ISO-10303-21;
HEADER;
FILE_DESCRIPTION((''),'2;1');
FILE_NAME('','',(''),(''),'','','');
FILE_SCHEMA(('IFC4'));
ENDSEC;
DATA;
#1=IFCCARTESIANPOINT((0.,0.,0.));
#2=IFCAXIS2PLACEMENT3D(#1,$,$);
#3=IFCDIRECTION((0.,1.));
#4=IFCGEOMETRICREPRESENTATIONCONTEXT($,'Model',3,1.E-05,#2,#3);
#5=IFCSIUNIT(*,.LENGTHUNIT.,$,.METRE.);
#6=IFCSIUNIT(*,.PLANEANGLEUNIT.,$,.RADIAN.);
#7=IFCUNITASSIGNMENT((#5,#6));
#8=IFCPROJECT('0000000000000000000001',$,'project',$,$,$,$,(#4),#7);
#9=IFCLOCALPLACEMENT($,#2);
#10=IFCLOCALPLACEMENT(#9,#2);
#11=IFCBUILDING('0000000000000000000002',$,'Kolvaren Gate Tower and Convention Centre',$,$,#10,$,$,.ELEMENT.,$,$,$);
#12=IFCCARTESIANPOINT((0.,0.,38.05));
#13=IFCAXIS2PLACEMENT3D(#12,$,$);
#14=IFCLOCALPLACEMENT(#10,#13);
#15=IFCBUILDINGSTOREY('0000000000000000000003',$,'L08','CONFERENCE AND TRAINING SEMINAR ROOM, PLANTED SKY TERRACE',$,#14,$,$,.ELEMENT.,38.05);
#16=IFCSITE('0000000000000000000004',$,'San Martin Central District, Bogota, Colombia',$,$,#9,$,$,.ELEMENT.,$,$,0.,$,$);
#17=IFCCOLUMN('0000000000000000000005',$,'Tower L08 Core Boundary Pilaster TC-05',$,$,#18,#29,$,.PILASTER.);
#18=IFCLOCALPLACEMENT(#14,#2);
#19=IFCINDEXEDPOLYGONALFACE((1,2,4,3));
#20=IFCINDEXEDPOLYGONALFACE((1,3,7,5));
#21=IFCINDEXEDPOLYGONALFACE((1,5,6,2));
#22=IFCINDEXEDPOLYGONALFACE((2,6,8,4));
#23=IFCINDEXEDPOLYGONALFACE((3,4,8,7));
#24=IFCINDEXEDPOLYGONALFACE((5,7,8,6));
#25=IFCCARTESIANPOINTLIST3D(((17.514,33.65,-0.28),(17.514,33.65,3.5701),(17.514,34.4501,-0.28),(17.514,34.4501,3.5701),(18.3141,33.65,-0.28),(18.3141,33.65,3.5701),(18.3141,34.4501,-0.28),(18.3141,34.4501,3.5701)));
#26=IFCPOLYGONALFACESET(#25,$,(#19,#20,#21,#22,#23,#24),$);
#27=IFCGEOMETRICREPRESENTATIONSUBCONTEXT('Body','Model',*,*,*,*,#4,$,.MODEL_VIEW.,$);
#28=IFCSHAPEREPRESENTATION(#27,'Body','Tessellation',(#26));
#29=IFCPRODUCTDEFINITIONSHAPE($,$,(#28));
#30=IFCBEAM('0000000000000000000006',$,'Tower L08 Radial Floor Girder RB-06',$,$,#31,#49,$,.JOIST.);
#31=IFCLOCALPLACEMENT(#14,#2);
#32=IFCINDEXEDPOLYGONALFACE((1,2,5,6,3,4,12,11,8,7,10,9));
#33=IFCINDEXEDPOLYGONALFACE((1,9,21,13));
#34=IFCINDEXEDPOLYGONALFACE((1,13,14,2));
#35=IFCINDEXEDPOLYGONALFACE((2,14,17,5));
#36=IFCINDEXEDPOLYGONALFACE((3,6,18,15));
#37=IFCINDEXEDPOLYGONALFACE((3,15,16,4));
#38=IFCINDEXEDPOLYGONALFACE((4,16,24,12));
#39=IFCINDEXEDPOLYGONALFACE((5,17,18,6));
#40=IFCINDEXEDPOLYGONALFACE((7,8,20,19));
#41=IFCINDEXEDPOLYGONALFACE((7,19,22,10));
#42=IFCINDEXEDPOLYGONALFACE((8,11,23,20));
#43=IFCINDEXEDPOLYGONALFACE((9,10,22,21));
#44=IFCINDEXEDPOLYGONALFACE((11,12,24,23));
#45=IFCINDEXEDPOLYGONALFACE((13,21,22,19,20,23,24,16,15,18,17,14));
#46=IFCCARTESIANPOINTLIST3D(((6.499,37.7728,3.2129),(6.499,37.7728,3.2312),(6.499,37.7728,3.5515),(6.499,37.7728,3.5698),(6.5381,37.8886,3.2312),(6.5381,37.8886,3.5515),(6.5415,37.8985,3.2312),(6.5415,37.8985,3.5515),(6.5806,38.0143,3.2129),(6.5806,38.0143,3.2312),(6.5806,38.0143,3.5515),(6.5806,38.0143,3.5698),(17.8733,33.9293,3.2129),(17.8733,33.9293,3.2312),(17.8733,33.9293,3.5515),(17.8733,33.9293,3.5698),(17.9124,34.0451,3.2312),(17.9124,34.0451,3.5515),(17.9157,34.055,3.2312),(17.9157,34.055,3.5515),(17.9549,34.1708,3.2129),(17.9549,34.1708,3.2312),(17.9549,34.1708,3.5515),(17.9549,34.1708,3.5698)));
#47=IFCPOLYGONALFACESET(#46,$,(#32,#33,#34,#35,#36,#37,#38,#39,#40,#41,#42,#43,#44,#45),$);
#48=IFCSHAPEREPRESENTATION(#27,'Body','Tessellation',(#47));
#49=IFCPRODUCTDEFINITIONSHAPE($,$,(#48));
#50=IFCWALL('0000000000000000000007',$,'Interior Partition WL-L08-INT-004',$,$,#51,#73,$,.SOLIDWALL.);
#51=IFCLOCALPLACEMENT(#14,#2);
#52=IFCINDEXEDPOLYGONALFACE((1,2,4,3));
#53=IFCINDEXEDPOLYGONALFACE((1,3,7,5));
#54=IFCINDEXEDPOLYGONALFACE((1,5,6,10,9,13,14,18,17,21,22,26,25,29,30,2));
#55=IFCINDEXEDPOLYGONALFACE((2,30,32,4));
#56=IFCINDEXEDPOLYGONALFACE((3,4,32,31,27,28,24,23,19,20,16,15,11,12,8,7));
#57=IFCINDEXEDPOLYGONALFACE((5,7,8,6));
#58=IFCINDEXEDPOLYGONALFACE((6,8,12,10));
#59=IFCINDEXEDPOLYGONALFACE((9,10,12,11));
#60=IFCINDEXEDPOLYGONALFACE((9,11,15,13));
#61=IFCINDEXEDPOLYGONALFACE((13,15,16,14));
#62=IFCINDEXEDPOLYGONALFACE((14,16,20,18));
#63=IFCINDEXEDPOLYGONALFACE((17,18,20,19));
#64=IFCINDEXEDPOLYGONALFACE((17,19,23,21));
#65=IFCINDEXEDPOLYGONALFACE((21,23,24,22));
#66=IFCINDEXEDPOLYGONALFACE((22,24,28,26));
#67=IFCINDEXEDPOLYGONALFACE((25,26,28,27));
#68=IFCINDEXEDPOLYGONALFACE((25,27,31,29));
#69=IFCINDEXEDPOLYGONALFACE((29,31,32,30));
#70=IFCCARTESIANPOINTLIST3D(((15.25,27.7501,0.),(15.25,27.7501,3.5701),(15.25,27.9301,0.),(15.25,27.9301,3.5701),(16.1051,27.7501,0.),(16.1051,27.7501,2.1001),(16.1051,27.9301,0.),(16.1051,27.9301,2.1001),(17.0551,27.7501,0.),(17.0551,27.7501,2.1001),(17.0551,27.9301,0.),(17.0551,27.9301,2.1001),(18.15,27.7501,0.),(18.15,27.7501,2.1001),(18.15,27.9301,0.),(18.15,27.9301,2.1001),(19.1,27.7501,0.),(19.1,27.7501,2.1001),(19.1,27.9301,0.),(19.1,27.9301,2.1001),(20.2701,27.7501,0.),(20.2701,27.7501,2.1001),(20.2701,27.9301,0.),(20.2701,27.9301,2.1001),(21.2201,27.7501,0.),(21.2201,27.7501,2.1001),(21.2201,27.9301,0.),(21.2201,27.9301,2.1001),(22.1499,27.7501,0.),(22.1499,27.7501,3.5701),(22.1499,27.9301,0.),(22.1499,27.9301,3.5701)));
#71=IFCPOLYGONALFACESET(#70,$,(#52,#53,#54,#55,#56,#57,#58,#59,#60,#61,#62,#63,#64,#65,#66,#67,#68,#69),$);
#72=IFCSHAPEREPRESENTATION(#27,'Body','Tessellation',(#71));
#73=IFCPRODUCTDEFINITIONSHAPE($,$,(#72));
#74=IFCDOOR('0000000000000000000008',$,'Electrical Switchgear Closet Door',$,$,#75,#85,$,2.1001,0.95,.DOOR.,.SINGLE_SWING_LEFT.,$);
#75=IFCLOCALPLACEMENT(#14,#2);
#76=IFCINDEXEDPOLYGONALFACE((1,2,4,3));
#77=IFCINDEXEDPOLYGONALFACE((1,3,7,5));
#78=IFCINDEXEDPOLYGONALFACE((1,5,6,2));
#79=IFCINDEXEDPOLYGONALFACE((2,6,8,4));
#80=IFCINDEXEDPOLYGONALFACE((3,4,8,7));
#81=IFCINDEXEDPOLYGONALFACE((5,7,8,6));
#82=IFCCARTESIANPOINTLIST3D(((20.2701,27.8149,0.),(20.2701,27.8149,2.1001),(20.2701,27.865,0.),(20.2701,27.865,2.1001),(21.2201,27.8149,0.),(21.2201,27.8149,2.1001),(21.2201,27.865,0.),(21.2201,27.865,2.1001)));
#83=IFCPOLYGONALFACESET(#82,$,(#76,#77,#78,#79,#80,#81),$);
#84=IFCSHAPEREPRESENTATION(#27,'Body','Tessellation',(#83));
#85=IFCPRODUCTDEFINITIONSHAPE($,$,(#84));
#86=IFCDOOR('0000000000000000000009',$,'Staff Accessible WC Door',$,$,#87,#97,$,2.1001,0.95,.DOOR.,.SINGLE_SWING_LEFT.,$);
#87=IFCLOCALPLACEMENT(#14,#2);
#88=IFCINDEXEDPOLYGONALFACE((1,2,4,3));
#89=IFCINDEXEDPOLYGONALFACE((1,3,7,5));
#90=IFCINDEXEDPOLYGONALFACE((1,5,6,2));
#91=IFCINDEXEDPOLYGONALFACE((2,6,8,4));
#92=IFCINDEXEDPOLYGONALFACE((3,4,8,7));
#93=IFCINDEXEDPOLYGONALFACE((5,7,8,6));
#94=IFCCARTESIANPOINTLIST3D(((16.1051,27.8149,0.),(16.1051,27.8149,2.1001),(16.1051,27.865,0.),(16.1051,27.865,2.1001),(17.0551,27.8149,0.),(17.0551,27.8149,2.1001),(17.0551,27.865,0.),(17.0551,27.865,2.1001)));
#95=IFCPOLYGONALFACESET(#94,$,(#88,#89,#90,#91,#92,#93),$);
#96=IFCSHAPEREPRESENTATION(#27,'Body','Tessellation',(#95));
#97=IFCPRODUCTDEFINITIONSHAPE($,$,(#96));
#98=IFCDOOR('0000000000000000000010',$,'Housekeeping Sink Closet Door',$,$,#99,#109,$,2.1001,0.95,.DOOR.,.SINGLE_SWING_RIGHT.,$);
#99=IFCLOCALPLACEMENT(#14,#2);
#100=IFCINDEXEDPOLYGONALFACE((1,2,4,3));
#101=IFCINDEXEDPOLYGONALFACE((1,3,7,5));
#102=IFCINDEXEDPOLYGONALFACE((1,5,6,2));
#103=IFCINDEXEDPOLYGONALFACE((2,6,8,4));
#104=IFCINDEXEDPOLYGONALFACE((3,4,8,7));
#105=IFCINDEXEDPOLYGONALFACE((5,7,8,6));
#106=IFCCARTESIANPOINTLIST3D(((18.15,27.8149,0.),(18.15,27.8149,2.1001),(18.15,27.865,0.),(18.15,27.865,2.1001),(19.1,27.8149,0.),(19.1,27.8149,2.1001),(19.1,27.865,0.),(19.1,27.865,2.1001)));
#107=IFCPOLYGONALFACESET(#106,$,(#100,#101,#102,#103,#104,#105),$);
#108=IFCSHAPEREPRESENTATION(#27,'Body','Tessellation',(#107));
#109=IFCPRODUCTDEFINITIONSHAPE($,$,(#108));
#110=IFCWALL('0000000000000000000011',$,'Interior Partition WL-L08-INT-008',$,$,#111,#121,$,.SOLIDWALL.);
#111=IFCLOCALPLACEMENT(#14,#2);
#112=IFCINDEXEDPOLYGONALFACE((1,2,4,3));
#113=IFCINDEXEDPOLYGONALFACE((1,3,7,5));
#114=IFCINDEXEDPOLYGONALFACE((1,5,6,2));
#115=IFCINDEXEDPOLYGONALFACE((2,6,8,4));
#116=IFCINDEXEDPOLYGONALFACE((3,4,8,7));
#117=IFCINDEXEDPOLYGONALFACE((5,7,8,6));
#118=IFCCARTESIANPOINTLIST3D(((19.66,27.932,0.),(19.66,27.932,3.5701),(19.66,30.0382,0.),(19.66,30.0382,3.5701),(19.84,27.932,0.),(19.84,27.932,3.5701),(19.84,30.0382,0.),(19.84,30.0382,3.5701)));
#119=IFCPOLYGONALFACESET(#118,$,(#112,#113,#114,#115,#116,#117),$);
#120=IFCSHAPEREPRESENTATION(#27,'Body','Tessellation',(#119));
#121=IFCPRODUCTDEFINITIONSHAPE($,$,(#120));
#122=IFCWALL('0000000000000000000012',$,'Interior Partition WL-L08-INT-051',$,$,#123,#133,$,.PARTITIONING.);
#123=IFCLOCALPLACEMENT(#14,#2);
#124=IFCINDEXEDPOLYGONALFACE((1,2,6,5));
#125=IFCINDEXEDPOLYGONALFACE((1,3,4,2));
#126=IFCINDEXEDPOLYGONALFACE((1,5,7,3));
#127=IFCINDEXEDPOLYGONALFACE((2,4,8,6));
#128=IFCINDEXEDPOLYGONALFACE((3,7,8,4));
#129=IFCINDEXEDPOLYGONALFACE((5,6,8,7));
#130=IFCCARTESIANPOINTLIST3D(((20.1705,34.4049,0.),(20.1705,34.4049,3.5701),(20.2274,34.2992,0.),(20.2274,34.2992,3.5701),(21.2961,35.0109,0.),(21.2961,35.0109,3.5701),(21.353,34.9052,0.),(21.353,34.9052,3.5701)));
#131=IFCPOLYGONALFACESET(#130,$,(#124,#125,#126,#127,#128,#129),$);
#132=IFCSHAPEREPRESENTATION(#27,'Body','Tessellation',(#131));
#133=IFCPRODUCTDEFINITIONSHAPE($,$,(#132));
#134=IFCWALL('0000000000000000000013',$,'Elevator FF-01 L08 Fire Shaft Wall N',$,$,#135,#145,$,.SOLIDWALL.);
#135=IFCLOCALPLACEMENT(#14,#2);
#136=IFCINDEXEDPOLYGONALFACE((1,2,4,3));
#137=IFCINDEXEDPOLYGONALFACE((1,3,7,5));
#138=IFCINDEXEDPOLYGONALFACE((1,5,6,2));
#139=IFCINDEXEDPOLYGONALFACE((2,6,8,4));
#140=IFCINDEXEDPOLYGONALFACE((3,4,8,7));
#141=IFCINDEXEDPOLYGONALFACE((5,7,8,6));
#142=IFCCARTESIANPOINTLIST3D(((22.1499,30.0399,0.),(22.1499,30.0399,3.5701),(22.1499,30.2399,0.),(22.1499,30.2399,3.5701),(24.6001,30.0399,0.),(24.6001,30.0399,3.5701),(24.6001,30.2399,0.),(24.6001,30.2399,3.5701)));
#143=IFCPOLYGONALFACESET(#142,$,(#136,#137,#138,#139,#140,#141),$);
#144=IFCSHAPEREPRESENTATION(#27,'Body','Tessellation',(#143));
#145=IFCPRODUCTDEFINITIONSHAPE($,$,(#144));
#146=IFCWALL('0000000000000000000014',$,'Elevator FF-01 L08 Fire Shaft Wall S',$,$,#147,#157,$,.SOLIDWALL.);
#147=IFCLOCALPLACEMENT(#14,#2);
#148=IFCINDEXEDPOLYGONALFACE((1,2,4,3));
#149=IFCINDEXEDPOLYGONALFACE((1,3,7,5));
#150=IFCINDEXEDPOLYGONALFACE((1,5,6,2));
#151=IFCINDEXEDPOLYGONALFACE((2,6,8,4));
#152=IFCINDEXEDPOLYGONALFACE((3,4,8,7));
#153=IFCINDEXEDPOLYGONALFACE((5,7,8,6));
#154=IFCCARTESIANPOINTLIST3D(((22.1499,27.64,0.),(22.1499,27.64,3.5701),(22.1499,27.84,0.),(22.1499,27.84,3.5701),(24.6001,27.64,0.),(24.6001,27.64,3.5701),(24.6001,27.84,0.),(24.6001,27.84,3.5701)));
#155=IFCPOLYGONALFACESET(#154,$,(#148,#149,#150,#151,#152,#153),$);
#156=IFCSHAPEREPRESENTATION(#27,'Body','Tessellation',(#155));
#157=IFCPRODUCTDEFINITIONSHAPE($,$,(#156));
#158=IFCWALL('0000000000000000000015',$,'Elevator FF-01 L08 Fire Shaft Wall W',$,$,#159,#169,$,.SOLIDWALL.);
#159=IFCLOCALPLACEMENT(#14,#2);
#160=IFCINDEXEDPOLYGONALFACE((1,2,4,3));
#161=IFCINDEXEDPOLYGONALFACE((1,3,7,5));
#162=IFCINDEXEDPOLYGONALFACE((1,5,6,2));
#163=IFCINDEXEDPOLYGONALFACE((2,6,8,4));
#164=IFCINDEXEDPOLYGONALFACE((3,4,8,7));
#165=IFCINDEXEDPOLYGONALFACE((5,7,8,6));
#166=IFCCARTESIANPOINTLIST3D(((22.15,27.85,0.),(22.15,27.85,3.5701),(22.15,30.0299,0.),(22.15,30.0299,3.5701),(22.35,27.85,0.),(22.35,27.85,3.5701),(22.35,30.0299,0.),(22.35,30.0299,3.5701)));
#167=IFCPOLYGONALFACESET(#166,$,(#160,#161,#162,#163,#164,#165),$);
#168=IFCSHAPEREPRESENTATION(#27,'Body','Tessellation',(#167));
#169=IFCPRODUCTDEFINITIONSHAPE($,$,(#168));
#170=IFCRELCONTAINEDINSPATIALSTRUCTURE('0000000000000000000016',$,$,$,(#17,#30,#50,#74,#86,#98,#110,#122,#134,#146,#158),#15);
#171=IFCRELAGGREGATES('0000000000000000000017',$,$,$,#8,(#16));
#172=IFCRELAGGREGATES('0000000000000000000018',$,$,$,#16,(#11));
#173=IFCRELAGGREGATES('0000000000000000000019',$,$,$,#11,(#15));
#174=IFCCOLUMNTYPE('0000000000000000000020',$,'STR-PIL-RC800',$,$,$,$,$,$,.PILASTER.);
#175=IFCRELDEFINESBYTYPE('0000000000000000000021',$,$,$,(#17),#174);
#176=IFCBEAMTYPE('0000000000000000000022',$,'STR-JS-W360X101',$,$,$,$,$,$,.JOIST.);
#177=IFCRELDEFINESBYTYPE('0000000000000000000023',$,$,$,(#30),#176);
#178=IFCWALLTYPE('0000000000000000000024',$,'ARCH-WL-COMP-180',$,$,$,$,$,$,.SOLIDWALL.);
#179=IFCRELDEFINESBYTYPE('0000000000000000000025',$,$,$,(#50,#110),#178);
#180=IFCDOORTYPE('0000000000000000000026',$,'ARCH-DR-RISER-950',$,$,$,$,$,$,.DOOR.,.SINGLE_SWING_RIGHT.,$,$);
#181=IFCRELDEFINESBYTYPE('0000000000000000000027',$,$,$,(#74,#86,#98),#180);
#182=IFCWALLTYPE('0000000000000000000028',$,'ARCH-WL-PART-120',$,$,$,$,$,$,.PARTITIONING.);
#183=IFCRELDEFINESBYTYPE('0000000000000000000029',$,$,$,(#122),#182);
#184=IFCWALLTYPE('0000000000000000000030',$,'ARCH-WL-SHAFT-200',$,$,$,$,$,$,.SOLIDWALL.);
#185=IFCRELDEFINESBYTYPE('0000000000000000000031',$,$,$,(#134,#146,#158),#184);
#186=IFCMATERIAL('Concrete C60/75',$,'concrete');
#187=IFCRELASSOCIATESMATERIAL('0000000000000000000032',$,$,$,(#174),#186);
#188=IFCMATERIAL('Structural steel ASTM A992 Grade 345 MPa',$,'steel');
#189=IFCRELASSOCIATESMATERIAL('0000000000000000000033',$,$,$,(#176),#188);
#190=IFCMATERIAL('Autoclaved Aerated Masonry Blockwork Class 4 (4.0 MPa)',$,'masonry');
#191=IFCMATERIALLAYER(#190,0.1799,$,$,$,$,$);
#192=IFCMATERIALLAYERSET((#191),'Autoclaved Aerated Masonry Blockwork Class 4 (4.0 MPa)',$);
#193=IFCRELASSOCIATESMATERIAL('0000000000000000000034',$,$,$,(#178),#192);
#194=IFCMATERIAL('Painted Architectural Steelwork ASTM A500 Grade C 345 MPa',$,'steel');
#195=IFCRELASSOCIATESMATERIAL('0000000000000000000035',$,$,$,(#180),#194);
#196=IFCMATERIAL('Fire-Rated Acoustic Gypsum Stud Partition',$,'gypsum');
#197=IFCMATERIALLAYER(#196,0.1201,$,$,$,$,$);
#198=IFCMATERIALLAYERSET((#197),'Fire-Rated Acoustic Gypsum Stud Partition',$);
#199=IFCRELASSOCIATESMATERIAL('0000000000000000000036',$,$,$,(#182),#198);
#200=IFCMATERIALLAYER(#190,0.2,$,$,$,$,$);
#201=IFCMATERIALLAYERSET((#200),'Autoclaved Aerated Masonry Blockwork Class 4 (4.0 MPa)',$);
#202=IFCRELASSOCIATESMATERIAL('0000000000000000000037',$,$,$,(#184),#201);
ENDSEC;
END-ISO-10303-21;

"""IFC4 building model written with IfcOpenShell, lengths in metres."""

from ifc_helpers import new_model, si_unit, direction, frame, frame_2d, origin, origin_2d, place, context, subcontext, project, spatial, rectangle, i_section, extrude, material, layer, layer_set, material_profile, profile_set, type_object, element, fill, save


model = new_model("IFC4")

# Units and contexts
model_context = context("Model", 3, precision=1e-05, world=origin(), true_north=direction((0.0, 1.0)))
body_context = subcontext(model_context, "Body", "Model", "MODEL_VIEW")
ifc_project = project(units=[si_unit("LENGTHUNIT", "METRE"), si_unit("PLANEANGLEUNIT", "RADIAN")], contexts=[model_context])

# Site, building, storey
site_placement = place(None, origin())
site = spatial("IfcSite", under=ifc_project, at=site_placement, Name="San Martin Central District, Bogota, Colombia", CompositionType="ELEMENT", RefElevation=0.0)
building_placement = place(site_placement, origin())
building = spatial("IfcBuilding", under=site, at=building_placement, Name="Kolvaren Gate Tower and Convention Centre", CompositionType="ELEMENT")
storey_placement = place(building_placement, frame((0.0, 0.0, 38.05)))
storey = spatial("IfcBuildingStorey", under=building, at=storey_placement, Name="L08", Description="CONFERENCE AND TRAINING SEMINAR ROOM, PLANTED SKY TERRACE", CompositionType="ELEMENT", Elevation=38.05)

# Column
ifc_material_1 = material(Name="Concrete C60/75", Category="concrete")
ifc_material_profile_1 = material_profile(ifc_material_1, rectangle(XDim=0.8, YDim=0.8, at=origin_2d()), Name="RC-COL-800X800")
ifc_profile_set_1 = profile_set([ifc_material_profile_1], Name="Concrete C60/75")
column_type = type_object("IfcColumnType", Name="STR-PIL-RC800", PredefinedType="PILASTER", material=ifc_profile_set_1)
column_placement = place(storey_placement, frame((17.9141, 34.05, -0.28), z_axis=(0.0, 0.0, 1.0), x_axis=(1.0, 0.0, 0.0)))
element("IfcColumn", 1, at=column_placement, inside=storey, type_object=column_type, Name="Tower L08 Core Boundary Pilaster TC-05", PredefinedType="PILASTER", context=body_context, shape_type="SweptSolid", body=[
    extrude(rectangle(XDim=0.8, YDim=0.8, at=origin_2d()), origin(), (0.0, 0.0, 1.0), 3.8501),
])

# Beam
ifc_material_2 = material(Name="Structural steel ASTM A992 Grade 345 MPa", Category="steel")
ifc_material_profile_2 = material_profile(ifc_material_2, i_section(OverallWidth=0.2549, OverallDepth=0.3569, WebThickness=0.0105, FlangeThickness=0.0183, at=origin_2d()), Name="W360X101")
ifc_profile_set_2 = profile_set([ifc_material_profile_2], Name="Structural steel ASTM A992 Grade 345 MPa")
beam_type = type_object("IfcBeamType", Name="STR-JS-W360X101", PredefinedType="JOIST", material=ifc_profile_set_2)
beam_placement = place(storey_placement, frame((17.9141, 34.05, 3.3914), z_axis=(-0.947374, 0.320129, 0.0), x_axis=(-0.320129, -0.947374, 0.0)))
element("IfcBeam", 2, at=beam_placement, inside=storey, type_object=beam_type, Name="Tower L08 Radial Floor Girder RB-06", PredefinedType="JOIST", context=body_context, shape_type="SweptSolid", body=[
    extrude(i_section(OverallWidth=0.2549, OverallDepth=0.3569, WebThickness=0.0105, FlangeThickness=0.0183, at=origin_2d()), origin(), (0.0, 0.0, 1.0), 12.0061),
])

# Wall, openings, doors
ifc_material_3 = material(Name="Autoclaved Aerated Masonry Blockwork Class 4 (4.0 MPa)", Category="masonry")
ifc_layer_1 = layer(ifc_material_3, 0.1799)
ifc_layer_set_1 = layer_set([ifc_layer_1], Name="Autoclaved Aerated Masonry Blockwork Class 4 (4.0 MPa)")
wall_type_1 = type_object("IfcWallType", Name="ARCH-WL-COMP-180", PredefinedType="SOLIDWALL", material=ifc_layer_set_1)
wall_1_placement = place(storey_placement, frame((15.25, 27.8401, 0.0), z_axis=(0.0, 0.0, 1.0), x_axis=(1.0, 0.0, 0.0)))
wall_1 = element("IfcWall", 3, at=wall_1_placement, inside=storey, type_object=wall_type_1, Name="Interior Partition WL-L08-INT-004", PredefinedType="SOLIDWALL", context=body_context, shape_type="SweptSolid", body=[
    extrude(rectangle(XDim=6.8999, YDim=0.1799, at=frame_2d((3.45, 0.0))), origin(), (0.0, 0.0, 1.0), 3.5701),
])
opening_1_placement = place(wall_1_placement, frame((5.02, 0.0, 0.0)))
opening_1 = element("IfcOpeningElement", 4, at=opening_1_placement, cuts=wall_1, PredefinedType="OPENING", context=body_context, shape_type="SweptSolid", body=[
    extrude(rectangle(XDim=0.95, YDim=2.1001, at=frame_2d((0.4751, 1.05))), frame((0.0, 0.0999, 0.0), z_axis=(0.0, -1.0, 0.0), x_axis=(1.0, 0.0, 0.0)), (0.0, 0.0, 1.0), 0.2),
])
opening_2_placement = place(wall_1_placement, frame((0.855, 0.0, 0.0)))
opening_2 = element("IfcOpeningElement", 5, at=opening_2_placement, cuts=wall_1, PredefinedType="OPENING", context=body_context, shape_type="SweptSolid", body=[
    extrude(rectangle(XDim=0.95, YDim=2.1001, at=frame_2d((0.4751, 1.05))), frame((0.0, 0.0999, 0.0), z_axis=(0.0, -1.0, 0.0), x_axis=(1.0, 0.0, 0.0)), (0.0, 0.0, 1.0), 0.2),
])
opening_3_placement = place(wall_1_placement, frame((2.8999, 0.0, 0.0)))
opening_3 = element("IfcOpeningElement", 6, at=opening_3_placement, cuts=wall_1, PredefinedType="OPENING", context=body_context, shape_type="SweptSolid", body=[
    extrude(rectangle(XDim=0.95, YDim=2.1001, at=frame_2d((0.4751, 1.05))), frame((0.0, 0.0999, 0.0), z_axis=(0.0, -1.0, 0.0), x_axis=(1.0, 0.0, 0.0)), (0.0, 0.0, 1.0), 0.2),
])
ifc_material_4 = material(Name="Painted Architectural Steelwork ASTM A500 Grade C 345 MPa", Category="steel")
door_type = type_object("IfcDoorType", Name="ARCH-DR-RISER-950", OperationType="SINGLE_SWING_RIGHT", PredefinedType="DOOR", material=ifc_material_4)
door_1_placement = place(opening_1_placement, origin())
door_1 = element("IfcDoor", 7, at=door_1_placement, inside=storey, type_object=door_type, Name="Electrical Switchgear Closet Door", OperationType="SINGLE_SWING_LEFT", OverallHeight=2.1001, OverallWidth=0.95, PredefinedType="DOOR", context=body_context, shape_type="SweptSolid", body=[
    extrude(rectangle(XDim=0.95, YDim=2.1001, at=frame_2d((0.4751, 1.05))), frame((0.0, 0.0249, 0.0), z_axis=(0.0, -1.0, 0.0), x_axis=(1.0, 0.0, 0.0)), (0.0, 0.0, 1.0), 0.05),
])
fill(opening_1, door_1)
door_2_placement = place(opening_2_placement, origin())
door_2 = element("IfcDoor", 8, at=door_2_placement, inside=storey, type_object=door_type, Name="Staff Accessible WC Door", OperationType="SINGLE_SWING_LEFT", OverallHeight=2.1001, OverallWidth=0.95, PredefinedType="DOOR", context=body_context, shape_type="SweptSolid", body=[
    extrude(rectangle(XDim=0.95, YDim=2.1001, at=frame_2d((0.4751, 1.05))), frame((0.0, 0.0249, 0.0), z_axis=(0.0, -1.0, 0.0), x_axis=(1.0, 0.0, 0.0)), (0.0, 0.0, 1.0), 0.05),
])
fill(opening_2, door_2)
door_3_placement = place(opening_3_placement, origin())
door_3 = element("IfcDoor", 9, at=door_3_placement, inside=storey, type_object=door_type, Name="Housekeeping Sink Closet Door", OperationType="SINGLE_SWING_RIGHT", OverallHeight=2.1001, OverallWidth=0.95, PredefinedType="DOOR", context=body_context, shape_type="SweptSolid", body=[
    extrude(rectangle(XDim=0.95, YDim=2.1001, at=frame_2d((0.4751, 1.05))), frame((0.0, 0.0249, 0.0), z_axis=(0.0, -1.0, 0.0), x_axis=(1.0, 0.0, 0.0)), (0.0, 0.0, 1.0), 0.05),
])
fill(opening_3, door_3)

# Walls
wall_2_placement = place(storey_placement, frame((19.75, 27.9319, 0.0), z_axis=(0.0, 0.0, 1.0), x_axis=(0.0, 1.0, 0.0)))
element("IfcWall", 10, at=wall_2_placement, inside=storey, type_object=wall_type_1, Name="Interior Partition WL-L08-INT-008", PredefinedType="SOLIDWALL", context=body_context, shape_type="SweptSolid", body=[
    extrude(rectangle(XDim=2.1062, YDim=0.1799, at=frame_2d((1.0532, 0.0))), origin(), (0.0, 0.0, 1.0), 3.5701),
])
ifc_material_5 = material(Name="Fire-Rated Acoustic Gypsum Stud Partition", Category="gypsum")
ifc_layer_2 = layer(ifc_material_5, 0.1201)
ifc_layer_set_2 = layer_set([ifc_layer_2], Name="Fire-Rated Acoustic Gypsum Stud Partition")
wall_type_2 = type_object("IfcWallType", Name="ARCH-WL-PART-120", PredefinedType="PARTITIONING", material=ifc_layer_set_2)
wall_3_placement = place(storey_placement, frame((20.199, 34.3521, 0.0), z_axis=(0.0, 0.0, 1.0), x_axis=(0.880496, 0.474054, 0.0)))
element("IfcWall", 11, at=wall_3_placement, inside=storey, type_object=wall_type_2, Name="Interior Partition WL-L08-INT-051", PredefinedType="PARTITIONING", context=body_context, shape_type="SweptSolid", body=[
    extrude(rectangle(XDim=1.2783, YDim=0.1201, at=frame_2d((0.6392, 0.0))), origin(), (0.0, 0.0, 1.0), 3.5701),
])
ifc_layer_3 = layer(ifc_material_3, 0.2)
ifc_layer_set_3 = layer_set([ifc_layer_3], Name="Autoclaved Aerated Masonry Blockwork Class 4 (4.0 MPa)")
wall_type_3 = type_object("IfcWallType", Name="ARCH-WL-SHAFT-200", PredefinedType="SOLIDWALL", material=ifc_layer_set_3)
for number, where, z_axis, x_axis, name in (
    (12, (22.1499, 30.1399, 0.0), (0.0, 0.0, 1.0), (1.0, 0.0, 0.0), "Elevator FF-01 L08 Fire Shaft Wall N"),
    (13, (22.1499, 27.74, 0.0), (0.0, 0.0, 1.0), (1.0, 0.0, 0.0), "Elevator FF-01 L08 Fire Shaft Wall S"),
):
    element("IfcWall", number, at=place(storey_placement, frame(where, z_axis=z_axis, x_axis=x_axis)), inside=storey, type_object=wall_type_3, Name=name, PredefinedType="SOLIDWALL", context=body_context, shape_type="SweptSolid", body=[
        extrude(rectangle(XDim=2.4502, YDim=0.2, at=frame_2d((1.2251, 0.0))), origin(), (0.0, 0.0, 1.0), 3.5701),
    ])
wall_4_placement = place(storey_placement, frame((22.25, 27.8501, 0.0), z_axis=(0.0, 0.0, 1.0), x_axis=(0.0, 1.0, 0.0)))
element("IfcWall", 14, at=wall_4_placement, inside=storey, type_object=wall_type_3, Name="Elevator FF-01 L08 Fire Shaft Wall W", PredefinedType="SOLIDWALL", context=body_context, shape_type="SweptSolid", body=[
    extrude(rectangle(XDim=2.1799, YDim=0.2, at=frame_2d((1.0898, 0.0))), origin(), (0.0, 0.0, 1.0), 3.5701),
])

save(model, "model.ifc")
